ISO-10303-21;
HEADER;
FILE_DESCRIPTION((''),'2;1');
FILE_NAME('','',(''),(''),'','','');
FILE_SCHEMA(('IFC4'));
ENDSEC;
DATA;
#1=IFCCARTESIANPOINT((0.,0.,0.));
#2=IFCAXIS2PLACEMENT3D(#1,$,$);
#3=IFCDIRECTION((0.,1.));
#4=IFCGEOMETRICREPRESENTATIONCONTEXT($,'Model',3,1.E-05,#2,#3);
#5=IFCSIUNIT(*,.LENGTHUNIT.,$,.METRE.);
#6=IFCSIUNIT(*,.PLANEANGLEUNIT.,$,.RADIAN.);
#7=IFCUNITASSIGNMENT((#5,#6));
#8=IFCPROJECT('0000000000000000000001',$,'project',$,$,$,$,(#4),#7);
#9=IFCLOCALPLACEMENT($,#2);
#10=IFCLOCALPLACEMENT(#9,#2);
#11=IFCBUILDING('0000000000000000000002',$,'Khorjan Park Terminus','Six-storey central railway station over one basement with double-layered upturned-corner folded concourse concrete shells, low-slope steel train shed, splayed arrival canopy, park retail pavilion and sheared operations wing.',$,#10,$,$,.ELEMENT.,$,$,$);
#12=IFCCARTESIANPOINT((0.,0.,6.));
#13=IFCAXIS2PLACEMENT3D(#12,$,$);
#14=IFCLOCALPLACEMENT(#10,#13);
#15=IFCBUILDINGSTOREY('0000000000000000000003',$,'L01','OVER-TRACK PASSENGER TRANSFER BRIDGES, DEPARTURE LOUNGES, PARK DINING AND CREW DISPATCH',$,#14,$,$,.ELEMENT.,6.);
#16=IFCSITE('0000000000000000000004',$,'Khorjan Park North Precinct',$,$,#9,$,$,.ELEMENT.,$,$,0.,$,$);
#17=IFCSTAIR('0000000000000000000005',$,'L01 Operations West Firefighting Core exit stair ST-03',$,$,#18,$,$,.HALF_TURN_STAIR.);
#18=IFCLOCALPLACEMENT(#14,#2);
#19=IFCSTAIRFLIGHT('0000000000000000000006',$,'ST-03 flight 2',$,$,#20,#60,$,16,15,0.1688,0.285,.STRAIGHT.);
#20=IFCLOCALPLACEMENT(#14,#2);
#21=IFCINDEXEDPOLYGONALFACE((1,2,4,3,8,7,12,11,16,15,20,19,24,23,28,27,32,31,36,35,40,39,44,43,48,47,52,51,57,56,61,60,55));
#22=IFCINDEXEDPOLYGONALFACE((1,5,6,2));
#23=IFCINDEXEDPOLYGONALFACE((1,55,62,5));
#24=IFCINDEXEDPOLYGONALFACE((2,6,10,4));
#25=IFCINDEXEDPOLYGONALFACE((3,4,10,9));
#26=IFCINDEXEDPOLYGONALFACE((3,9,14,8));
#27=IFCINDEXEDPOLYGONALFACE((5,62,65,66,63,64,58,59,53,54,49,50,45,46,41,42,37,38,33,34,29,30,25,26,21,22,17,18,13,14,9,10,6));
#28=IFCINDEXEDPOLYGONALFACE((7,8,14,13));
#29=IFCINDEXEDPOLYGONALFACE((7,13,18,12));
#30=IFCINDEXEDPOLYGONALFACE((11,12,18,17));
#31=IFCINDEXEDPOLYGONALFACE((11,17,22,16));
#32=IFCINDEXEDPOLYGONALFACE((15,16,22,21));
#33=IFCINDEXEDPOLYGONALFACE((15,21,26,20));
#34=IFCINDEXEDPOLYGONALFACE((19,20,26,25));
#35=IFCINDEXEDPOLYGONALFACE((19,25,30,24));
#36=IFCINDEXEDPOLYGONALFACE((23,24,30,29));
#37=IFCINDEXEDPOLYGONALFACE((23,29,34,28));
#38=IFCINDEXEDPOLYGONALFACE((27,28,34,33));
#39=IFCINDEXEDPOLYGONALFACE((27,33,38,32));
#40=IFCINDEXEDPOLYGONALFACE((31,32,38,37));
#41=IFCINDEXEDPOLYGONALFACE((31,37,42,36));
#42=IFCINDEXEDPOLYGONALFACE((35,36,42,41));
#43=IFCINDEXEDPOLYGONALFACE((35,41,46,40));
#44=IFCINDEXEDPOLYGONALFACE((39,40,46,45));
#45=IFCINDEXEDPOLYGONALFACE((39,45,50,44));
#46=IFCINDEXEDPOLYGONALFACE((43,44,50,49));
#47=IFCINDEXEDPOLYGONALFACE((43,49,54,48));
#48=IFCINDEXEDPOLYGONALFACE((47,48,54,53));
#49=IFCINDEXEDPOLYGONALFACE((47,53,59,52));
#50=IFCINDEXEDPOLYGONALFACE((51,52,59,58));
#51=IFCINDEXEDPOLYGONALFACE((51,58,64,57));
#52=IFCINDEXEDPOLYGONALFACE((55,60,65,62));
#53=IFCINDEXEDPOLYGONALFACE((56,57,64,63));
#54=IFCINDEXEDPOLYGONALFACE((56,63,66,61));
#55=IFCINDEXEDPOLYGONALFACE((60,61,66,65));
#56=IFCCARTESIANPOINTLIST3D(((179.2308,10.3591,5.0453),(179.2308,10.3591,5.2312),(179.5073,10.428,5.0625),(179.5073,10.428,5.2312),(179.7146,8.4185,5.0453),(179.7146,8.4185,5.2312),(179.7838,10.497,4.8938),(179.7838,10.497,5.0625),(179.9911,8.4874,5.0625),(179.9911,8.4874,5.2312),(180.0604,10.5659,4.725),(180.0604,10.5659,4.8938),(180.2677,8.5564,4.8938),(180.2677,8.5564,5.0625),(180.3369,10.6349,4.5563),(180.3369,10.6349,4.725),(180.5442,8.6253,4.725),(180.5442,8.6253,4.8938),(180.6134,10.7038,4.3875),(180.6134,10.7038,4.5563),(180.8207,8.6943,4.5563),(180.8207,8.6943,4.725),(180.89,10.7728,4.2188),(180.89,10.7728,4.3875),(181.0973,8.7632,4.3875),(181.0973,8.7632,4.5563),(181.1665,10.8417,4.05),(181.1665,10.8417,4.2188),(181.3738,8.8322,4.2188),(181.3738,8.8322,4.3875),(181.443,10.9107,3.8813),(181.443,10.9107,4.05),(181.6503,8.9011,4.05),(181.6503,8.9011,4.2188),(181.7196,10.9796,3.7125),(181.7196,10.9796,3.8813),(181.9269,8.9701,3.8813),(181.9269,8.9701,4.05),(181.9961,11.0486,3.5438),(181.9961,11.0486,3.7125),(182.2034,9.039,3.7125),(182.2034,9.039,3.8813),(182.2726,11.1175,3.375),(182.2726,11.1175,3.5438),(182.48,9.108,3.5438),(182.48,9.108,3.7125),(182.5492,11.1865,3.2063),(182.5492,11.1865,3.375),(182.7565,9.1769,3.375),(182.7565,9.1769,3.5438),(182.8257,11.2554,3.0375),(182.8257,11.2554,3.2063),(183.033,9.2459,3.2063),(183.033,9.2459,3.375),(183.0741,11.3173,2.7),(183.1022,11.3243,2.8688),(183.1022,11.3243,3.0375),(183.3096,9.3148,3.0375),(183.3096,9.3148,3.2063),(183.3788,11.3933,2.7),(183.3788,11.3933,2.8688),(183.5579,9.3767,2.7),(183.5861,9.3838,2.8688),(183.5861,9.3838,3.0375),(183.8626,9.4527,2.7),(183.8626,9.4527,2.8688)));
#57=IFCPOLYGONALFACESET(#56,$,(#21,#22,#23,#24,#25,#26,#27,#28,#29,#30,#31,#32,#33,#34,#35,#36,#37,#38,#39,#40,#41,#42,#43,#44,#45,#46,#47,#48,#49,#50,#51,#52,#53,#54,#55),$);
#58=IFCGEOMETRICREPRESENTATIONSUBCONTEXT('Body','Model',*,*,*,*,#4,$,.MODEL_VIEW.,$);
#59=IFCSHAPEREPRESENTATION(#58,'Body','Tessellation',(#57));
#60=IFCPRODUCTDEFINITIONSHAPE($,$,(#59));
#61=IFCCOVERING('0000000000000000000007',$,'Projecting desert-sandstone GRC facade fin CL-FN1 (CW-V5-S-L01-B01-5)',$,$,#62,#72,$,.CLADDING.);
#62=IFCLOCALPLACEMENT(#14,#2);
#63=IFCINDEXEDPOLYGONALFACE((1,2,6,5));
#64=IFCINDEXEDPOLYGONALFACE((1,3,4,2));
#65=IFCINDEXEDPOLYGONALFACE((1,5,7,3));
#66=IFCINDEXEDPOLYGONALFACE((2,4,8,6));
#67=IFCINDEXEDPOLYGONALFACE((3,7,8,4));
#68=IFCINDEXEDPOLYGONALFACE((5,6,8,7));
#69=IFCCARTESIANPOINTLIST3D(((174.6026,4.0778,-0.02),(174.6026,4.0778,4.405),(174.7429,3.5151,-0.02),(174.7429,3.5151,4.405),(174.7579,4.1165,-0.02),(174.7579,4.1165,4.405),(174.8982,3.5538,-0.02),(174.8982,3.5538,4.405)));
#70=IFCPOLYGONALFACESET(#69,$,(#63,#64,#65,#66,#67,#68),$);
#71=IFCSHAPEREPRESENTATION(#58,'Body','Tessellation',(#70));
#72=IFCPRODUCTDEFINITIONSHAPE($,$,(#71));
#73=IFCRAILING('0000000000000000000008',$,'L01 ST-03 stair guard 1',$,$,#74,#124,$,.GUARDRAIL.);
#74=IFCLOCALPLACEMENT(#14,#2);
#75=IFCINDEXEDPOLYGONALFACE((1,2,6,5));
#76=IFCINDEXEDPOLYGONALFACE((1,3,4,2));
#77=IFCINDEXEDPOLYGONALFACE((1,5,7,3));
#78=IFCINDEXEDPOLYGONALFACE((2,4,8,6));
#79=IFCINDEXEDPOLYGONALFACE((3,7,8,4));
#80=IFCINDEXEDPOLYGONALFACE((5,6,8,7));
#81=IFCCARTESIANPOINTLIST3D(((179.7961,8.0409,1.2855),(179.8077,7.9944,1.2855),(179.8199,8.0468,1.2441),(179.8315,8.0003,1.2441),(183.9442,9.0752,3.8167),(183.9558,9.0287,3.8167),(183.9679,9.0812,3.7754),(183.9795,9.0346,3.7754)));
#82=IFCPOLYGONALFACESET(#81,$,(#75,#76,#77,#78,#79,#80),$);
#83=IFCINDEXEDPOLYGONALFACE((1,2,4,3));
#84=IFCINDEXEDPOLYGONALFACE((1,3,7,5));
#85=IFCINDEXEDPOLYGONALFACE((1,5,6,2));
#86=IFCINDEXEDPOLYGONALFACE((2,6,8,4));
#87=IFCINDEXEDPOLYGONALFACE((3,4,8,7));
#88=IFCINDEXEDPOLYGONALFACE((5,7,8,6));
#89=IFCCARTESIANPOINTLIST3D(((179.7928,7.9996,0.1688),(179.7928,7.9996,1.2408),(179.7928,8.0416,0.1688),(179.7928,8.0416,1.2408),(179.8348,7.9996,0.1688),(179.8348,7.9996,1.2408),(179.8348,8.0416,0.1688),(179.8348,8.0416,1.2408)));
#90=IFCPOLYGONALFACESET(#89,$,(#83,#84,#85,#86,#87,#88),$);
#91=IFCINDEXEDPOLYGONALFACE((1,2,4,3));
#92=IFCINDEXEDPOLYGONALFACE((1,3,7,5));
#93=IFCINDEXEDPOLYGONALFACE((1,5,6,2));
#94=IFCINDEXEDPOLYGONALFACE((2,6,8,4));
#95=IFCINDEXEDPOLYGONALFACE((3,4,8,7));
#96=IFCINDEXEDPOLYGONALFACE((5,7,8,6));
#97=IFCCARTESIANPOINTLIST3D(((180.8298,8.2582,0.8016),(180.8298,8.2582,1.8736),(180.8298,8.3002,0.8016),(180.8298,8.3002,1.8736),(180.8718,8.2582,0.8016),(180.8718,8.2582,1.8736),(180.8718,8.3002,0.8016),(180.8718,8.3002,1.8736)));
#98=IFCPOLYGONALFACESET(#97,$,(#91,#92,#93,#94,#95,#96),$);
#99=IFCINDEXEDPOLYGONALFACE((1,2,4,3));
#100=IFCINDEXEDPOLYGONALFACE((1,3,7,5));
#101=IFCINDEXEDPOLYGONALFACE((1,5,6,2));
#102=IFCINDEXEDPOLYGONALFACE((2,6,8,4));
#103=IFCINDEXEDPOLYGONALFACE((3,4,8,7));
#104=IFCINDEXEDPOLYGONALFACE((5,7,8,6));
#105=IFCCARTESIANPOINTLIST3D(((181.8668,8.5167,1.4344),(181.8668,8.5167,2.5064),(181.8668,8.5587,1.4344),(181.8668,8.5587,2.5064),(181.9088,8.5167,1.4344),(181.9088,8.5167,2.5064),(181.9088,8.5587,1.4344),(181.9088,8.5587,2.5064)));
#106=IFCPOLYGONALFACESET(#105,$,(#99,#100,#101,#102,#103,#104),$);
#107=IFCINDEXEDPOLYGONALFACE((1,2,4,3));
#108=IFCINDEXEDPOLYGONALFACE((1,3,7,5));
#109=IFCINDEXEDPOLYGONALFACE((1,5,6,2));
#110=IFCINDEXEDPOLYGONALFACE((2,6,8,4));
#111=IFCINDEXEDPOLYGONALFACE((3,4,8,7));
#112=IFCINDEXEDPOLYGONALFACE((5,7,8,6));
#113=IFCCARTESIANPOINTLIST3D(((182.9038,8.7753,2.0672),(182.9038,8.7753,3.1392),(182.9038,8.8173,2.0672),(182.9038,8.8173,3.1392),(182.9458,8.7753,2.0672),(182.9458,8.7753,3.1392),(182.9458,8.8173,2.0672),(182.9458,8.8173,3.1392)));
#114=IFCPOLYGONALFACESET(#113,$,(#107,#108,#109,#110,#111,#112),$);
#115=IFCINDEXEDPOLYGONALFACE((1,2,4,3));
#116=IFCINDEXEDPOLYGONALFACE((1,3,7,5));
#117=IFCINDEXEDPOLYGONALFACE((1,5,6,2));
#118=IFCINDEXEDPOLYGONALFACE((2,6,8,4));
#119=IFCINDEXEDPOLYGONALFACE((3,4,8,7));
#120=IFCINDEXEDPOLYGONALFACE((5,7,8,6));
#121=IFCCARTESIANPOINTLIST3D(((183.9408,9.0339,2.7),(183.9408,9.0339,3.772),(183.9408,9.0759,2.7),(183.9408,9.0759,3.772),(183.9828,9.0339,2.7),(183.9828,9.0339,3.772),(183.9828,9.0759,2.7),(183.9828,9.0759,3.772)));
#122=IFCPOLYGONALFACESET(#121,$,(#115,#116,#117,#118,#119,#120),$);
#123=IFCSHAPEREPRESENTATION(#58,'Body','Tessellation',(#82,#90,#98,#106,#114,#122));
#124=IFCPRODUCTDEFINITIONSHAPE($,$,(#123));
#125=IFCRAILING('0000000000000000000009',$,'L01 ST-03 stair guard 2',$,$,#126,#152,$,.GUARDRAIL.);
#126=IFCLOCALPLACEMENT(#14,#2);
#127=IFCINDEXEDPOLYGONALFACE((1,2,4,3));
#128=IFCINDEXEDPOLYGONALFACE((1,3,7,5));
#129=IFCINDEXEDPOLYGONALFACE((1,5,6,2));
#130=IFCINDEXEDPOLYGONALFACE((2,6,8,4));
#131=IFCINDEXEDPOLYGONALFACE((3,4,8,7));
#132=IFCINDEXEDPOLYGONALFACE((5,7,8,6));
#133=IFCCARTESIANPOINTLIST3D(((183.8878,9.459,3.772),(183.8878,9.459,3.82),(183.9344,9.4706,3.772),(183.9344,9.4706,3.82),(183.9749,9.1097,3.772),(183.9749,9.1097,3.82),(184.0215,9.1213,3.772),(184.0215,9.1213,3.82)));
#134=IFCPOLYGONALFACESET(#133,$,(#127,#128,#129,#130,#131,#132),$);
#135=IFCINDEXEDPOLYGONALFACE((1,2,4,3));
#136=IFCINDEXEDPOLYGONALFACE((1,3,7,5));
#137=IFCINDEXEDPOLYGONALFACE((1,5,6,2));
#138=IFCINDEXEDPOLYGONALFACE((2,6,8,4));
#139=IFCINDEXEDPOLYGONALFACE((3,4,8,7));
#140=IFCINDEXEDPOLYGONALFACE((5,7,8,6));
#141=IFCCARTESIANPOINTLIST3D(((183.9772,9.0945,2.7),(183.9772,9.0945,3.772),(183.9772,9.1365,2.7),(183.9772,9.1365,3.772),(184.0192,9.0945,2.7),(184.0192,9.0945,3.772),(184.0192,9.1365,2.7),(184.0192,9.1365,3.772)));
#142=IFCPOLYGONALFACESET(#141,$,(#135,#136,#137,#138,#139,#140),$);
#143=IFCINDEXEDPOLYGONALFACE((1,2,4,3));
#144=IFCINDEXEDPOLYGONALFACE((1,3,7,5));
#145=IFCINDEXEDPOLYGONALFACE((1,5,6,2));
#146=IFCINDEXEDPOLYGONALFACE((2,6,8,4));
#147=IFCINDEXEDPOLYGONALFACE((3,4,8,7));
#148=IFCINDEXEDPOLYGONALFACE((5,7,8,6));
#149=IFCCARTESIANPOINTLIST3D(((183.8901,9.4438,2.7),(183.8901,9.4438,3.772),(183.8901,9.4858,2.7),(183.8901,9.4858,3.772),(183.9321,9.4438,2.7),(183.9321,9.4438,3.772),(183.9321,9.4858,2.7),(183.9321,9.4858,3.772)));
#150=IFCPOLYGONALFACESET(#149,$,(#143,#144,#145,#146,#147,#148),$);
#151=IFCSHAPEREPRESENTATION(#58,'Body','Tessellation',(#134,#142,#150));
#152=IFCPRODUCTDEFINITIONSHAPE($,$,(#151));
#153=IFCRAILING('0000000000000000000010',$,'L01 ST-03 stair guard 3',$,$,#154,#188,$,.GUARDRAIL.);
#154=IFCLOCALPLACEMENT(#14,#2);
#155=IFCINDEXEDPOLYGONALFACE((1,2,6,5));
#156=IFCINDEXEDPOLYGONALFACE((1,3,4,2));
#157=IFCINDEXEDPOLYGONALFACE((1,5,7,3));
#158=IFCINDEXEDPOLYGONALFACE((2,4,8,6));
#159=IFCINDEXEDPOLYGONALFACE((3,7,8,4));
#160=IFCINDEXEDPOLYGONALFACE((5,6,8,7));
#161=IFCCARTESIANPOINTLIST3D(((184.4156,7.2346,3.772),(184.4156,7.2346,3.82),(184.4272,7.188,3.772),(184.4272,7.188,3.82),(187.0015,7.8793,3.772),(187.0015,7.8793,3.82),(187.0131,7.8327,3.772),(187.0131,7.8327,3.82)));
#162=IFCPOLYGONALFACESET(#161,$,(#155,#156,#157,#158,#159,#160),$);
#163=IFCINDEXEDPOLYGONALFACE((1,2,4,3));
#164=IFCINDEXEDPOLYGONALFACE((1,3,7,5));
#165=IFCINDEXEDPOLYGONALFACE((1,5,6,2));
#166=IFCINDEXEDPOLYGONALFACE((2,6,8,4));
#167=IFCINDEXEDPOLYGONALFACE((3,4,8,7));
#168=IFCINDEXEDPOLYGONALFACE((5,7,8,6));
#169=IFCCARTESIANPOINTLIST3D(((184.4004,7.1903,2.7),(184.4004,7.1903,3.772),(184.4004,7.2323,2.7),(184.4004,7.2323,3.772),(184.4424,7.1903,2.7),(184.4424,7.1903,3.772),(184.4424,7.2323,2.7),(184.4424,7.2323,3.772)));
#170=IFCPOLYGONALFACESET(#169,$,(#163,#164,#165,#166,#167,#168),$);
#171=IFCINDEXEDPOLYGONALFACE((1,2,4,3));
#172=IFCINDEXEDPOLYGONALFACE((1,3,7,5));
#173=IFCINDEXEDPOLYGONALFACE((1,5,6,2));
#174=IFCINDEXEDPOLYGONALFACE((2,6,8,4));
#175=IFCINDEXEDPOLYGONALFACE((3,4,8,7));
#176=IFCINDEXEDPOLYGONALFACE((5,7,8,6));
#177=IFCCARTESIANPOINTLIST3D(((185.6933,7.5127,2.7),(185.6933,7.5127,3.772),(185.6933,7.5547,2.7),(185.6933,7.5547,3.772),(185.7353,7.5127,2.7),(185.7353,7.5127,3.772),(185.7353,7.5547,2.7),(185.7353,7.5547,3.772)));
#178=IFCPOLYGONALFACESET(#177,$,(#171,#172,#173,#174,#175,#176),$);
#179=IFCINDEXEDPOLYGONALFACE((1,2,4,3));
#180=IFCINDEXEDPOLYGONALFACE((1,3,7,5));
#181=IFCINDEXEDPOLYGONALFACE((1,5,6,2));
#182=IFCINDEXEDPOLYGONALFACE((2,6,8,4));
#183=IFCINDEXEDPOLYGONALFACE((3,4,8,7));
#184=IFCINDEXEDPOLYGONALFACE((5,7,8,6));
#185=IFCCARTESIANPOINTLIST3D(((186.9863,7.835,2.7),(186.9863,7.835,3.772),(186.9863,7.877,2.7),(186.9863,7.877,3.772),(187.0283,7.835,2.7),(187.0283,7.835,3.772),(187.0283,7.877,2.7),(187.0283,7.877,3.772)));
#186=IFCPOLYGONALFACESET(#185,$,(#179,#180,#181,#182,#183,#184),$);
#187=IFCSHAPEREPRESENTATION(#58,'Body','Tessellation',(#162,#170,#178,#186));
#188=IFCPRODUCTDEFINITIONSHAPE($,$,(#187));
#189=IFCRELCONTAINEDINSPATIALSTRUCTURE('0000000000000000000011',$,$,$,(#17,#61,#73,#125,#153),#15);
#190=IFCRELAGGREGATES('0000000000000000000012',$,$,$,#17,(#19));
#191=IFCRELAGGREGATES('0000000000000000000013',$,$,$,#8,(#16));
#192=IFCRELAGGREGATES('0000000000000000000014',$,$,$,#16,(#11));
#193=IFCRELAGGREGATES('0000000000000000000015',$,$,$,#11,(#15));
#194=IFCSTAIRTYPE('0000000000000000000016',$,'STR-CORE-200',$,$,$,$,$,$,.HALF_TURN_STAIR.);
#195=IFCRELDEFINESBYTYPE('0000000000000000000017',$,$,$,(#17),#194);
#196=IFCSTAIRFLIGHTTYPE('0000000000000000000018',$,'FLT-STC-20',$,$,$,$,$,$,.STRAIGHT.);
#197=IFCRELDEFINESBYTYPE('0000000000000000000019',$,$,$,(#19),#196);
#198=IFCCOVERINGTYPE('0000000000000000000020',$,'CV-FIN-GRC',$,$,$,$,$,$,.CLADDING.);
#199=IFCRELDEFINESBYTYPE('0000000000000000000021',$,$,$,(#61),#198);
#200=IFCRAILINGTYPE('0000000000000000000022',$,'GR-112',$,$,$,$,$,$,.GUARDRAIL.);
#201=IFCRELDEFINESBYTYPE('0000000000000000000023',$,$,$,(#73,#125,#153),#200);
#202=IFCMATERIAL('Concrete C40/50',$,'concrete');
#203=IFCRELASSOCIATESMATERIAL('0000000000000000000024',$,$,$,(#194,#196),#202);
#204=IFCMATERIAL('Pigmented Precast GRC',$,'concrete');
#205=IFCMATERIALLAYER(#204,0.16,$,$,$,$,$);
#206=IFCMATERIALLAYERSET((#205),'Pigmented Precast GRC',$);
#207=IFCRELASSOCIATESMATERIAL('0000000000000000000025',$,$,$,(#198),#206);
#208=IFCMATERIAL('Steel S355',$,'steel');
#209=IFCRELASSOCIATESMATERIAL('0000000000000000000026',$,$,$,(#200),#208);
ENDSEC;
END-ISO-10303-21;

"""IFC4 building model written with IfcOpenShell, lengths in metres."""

from ifc_helpers import new_model, si_unit, direction, frame, origin, origin_2d, place, context, subcontext, project, spatial, polyline, rectangle, outline, extrude, material, layer, layer_set, type_object, element, aggregate, save


model = new_model("IFC4")

# Units and contexts
model_context = context("Model", 3, precision=1e-05, world=origin(), true_north=direction((0.0, 1.0)))
body_context = subcontext(model_context, "Body", "Model", "MODEL_VIEW")
ifc_project = project(units=[si_unit("LENGTHUNIT", "METRE"), si_unit("PLANEANGLEUNIT", "RADIAN")], contexts=[model_context])

# Site, building, storey
site_placement = place(None, origin())
site = spatial("IfcSite", under=ifc_project, at=site_placement, Name="Khorjan Park North Precinct", CompositionType="ELEMENT", RefElevation=0.0)
building_placement = place(site_placement, origin())
building = spatial("IfcBuilding", under=site, at=building_placement, Name="Khorjan Park Terminus", Description="Six-storey central railway station over one basement with double-layered upturned-corner folded concourse concrete shells, low-slope steel train shed, splayed arrival canopy, park retail pavilion and sheared operations wing.", CompositionType="ELEMENT")
storey_placement = place(building_placement, frame((0.0, 0.0, 6.0)))
storey = spatial("IfcBuildingStorey", under=building, at=storey_placement, Name="L01", Description="OVER-TRACK PASSENGER TRANSFER BRIDGES, DEPARTURE LOUNGES, PARK DINING AND CREW DISPATCH", CompositionType="ELEMENT", Elevation=6.0)

# Shared definitions
ifc_material_1 = material(Name="Steel S355", Category="steel")

# Shared definitions
ifc_material_2 = material(Name="Concrete C40/50", Category="concrete")

# Stair, stair flight
stair_type = type_object("IfcStairType", Name="STR-CORE-200", PredefinedType="HALF_TURN_STAIR", material=ifc_material_2)
stair_placement = place(storey_placement, origin())
stair = element("IfcStair", 1, at=stair_placement, inside=storey, type_object=stair_type, Name="L01 Operations West Firefighting Core exit stair ST-03", PredefinedType="HALF_TURN_STAIR")
stair_flight_type = type_object("IfcStairFlightType", Name="FLT-STC-20", PredefinedType="STRAIGHT", material=ifc_material_2)
stair_flight_1_placement = place(storey_placement, frame((183.6207, 10.423, 2.7), z_axis=(0.0, 0.0, 1.0), x_axis=(-0.970296, -0.241922, 0.0)))
stair_flight_1 = element("IfcStairFlight", 2, at=stair_flight_1_placement, type_object=stair_flight_type, Name="ST-03 flight 2", NumberOfRisers=16, NumberOfTreads=15, PredefinedType="STRAIGHT", RiserHeight=0.1688, TreadLength=0.285, context=body_context, shape_type="SweptSolid", body=[
    extrude(outline(polyline([(0.0, 0.0), (0.0, 0.1688), (0.285, 0.1688), (0.285, 0.3375), (0.57, 0.3375), (0.57, 0.5063), (0.855, 0.5063), (0.855, 0.675), (1.14, 0.675), (1.14, 0.8438), (1.425, 0.8438), (1.425, 1.0125), (1.71, 1.0125), (1.71, 1.1813), (1.995, 1.1813), (1.995, 1.35), (2.28, 1.35), (2.28, 1.5188), (2.565, 1.5188), (2.565, 1.6875), (2.85, 1.6875), (2.85, 1.8563), (3.135, 1.8563), (3.135, 2.025), (3.42, 2.025), (3.42, 2.1938), (3.705, 2.1938), (3.705, 2.3625), (3.99, 2.3625), (3.99, 2.5312), (4.275, 2.5312), (4.275, 2.7), (4.275, 2.3453), (0.314, 0.0), (0.0, 0.0)])), frame((0.0, 1.0, 0.0), z_axis=(0.0, -1.0, 0.0), x_axis=(1.0, 0.0, 0.0)), (0.0, 0.0, 1.0), 2.0),
])
aggregate(stair, [stair_flight_1])

# Covering
ifc_material_3 = material(Name="Pigmented Precast GRC", Category="concrete")
ifc_layer_1 = layer(ifc_material_3, 0.16)
ifc_layer_set_1 = layer_set([ifc_layer_1], Name="Pigmented Precast GRC")
covering_type = type_object("IfcCoveringType", Name="CV-FIN-GRC", PredefinedType="CLADDING", material=ifc_layer_set_1)
covering_placement = place(storey_placement, frame((174.7504, 3.8158, -0.02), z_axis=(0.0, 0.0, 1.0), x_axis=(-0.241922, 0.970296, 0.0)))
element("IfcCovering", 3, at=covering_placement, inside=storey, type_object=covering_type, Name="Projecting desert-sandstone GRC facade fin CL-FN1 (CW-V5-S-L01-B01-5)", PredefinedType="CLADDING", context=body_context, shape_type="SweptSolid", body=[
    extrude(rectangle(XDim=0.58, YDim=0.16, at=origin_2d()), origin(), (0.0, 0.0, 1.0), 4.425),
])

# Railings
railing_type_1 = type_object("IfcRailingType", Name="GR-112", PredefinedType="GUARDRAIL", material=ifc_material_1)
railing_1_placement = place(storey_placement, frame((179.8138, 8.0206, 0.1688)))
element("IfcRailing", 4, at=railing_1_placement, inside=storey, type_object=railing_type_1, Name="L01 ST-03 stair guard 1", PredefinedType="GUARDRAIL", context=body_context, shape_type="SweptSolid", body=[
    extrude(rectangle(XDim=0.048, YDim=0.048, at=origin_2d()), frame((0.0, 0.0, 1.096), z_axis=(0.834916, 0.208186, 0.509484), x_axis=(-0.241941, 0.970291, 0.0)), (0.0, 0.0, 1.0), 4.9682),
    extrude(rectangle(XDim=0.042, YDim=0.042, at=origin_2d()), origin(), (0.0, 0.0, 1.0), 1.072),
    extrude(rectangle(XDim=0.042, YDim=0.042, at=origin_2d()), frame((1.037, 0.2586, 0.6328)), (0.0, 0.0, 1.0), 1.072),
    extrude(rectangle(XDim=0.042, YDim=0.042, at=origin_2d()), frame((2.074, 0.5171, 1.2656)), (0.0, 0.0, 1.0), 1.072),
    extrude(rectangle(XDim=0.042, YDim=0.042, at=origin_2d()), frame((3.111, 0.7757, 1.8984)), (0.0, 0.0, 1.0), 1.072),
    extrude(rectangle(XDim=0.042, YDim=0.042, at=origin_2d()), frame((4.148, 1.0343, 2.5312)), (0.0, 0.0, 1.0), 1.072),
])
railing_2_placement = place(storey_placement, frame((183.9982, 9.1155, 2.7)))
element("IfcRailing", 5, at=railing_2_placement, inside=storey, type_object=railing_type_1, Name="L01 ST-03 stair guard 2", PredefinedType="GUARDRAIL", context=body_context, shape_type="SweptSolid", body=[
    extrude(rectangle(XDim=0.048, YDim=0.048, at=origin_2d()), frame((0.0, 0.0, 1.096), z_axis=(-0.241947, 0.970289, 0.0), x_axis=(-0.970289, -0.241947, 0.0)), (0.0, 0.0, 1.0), 0.36),
    extrude(rectangle(XDim=0.042, YDim=0.042, at=origin_2d()), origin(), (0.0, 0.0, 1.0), 1.072),
    extrude(rectangle(XDim=0.042, YDim=0.042, at=origin_2d()), frame((-0.0871, 0.3493, 0.0)), (0.0, 0.0, 1.0), 1.072),
])
railing_3_placement = place(storey_placement, frame((184.4214, 7.2113, 2.7)))
element("IfcRailing", 6, at=railing_3_placement, inside=storey, type_object=railing_type_1, Name="L01 ST-03 stair guard 3", PredefinedType="GUARDRAIL", context=body_context, shape_type="SweptSolid", body=[
    extrude(rectangle(XDim=0.048, YDim=0.048, at=origin_2d()), frame((0.0, 0.0, 1.096), z_axis=(0.970299, 0.241909, 0.0), x_axis=(-0.241909, 0.970299, 0.0)), (0.0, 0.0, 1.0), 2.6651),
    extrude(rectangle(XDim=0.042, YDim=0.042, at=origin_2d()), origin(), (0.0, 0.0, 1.0), 1.072),
    extrude(rectangle(XDim=0.042, YDim=0.042, at=origin_2d()), frame((1.2929, 0.3224, 0.0)), (0.0, 0.0, 1.0), 1.072),
    extrude(rectangle(XDim=0.042, YDim=0.042, at=origin_2d()), frame((2.5859, 0.6447, 0.0)), (0.0, 0.0, 1.0), 1.072),
])

save(model, "model.ifc")
